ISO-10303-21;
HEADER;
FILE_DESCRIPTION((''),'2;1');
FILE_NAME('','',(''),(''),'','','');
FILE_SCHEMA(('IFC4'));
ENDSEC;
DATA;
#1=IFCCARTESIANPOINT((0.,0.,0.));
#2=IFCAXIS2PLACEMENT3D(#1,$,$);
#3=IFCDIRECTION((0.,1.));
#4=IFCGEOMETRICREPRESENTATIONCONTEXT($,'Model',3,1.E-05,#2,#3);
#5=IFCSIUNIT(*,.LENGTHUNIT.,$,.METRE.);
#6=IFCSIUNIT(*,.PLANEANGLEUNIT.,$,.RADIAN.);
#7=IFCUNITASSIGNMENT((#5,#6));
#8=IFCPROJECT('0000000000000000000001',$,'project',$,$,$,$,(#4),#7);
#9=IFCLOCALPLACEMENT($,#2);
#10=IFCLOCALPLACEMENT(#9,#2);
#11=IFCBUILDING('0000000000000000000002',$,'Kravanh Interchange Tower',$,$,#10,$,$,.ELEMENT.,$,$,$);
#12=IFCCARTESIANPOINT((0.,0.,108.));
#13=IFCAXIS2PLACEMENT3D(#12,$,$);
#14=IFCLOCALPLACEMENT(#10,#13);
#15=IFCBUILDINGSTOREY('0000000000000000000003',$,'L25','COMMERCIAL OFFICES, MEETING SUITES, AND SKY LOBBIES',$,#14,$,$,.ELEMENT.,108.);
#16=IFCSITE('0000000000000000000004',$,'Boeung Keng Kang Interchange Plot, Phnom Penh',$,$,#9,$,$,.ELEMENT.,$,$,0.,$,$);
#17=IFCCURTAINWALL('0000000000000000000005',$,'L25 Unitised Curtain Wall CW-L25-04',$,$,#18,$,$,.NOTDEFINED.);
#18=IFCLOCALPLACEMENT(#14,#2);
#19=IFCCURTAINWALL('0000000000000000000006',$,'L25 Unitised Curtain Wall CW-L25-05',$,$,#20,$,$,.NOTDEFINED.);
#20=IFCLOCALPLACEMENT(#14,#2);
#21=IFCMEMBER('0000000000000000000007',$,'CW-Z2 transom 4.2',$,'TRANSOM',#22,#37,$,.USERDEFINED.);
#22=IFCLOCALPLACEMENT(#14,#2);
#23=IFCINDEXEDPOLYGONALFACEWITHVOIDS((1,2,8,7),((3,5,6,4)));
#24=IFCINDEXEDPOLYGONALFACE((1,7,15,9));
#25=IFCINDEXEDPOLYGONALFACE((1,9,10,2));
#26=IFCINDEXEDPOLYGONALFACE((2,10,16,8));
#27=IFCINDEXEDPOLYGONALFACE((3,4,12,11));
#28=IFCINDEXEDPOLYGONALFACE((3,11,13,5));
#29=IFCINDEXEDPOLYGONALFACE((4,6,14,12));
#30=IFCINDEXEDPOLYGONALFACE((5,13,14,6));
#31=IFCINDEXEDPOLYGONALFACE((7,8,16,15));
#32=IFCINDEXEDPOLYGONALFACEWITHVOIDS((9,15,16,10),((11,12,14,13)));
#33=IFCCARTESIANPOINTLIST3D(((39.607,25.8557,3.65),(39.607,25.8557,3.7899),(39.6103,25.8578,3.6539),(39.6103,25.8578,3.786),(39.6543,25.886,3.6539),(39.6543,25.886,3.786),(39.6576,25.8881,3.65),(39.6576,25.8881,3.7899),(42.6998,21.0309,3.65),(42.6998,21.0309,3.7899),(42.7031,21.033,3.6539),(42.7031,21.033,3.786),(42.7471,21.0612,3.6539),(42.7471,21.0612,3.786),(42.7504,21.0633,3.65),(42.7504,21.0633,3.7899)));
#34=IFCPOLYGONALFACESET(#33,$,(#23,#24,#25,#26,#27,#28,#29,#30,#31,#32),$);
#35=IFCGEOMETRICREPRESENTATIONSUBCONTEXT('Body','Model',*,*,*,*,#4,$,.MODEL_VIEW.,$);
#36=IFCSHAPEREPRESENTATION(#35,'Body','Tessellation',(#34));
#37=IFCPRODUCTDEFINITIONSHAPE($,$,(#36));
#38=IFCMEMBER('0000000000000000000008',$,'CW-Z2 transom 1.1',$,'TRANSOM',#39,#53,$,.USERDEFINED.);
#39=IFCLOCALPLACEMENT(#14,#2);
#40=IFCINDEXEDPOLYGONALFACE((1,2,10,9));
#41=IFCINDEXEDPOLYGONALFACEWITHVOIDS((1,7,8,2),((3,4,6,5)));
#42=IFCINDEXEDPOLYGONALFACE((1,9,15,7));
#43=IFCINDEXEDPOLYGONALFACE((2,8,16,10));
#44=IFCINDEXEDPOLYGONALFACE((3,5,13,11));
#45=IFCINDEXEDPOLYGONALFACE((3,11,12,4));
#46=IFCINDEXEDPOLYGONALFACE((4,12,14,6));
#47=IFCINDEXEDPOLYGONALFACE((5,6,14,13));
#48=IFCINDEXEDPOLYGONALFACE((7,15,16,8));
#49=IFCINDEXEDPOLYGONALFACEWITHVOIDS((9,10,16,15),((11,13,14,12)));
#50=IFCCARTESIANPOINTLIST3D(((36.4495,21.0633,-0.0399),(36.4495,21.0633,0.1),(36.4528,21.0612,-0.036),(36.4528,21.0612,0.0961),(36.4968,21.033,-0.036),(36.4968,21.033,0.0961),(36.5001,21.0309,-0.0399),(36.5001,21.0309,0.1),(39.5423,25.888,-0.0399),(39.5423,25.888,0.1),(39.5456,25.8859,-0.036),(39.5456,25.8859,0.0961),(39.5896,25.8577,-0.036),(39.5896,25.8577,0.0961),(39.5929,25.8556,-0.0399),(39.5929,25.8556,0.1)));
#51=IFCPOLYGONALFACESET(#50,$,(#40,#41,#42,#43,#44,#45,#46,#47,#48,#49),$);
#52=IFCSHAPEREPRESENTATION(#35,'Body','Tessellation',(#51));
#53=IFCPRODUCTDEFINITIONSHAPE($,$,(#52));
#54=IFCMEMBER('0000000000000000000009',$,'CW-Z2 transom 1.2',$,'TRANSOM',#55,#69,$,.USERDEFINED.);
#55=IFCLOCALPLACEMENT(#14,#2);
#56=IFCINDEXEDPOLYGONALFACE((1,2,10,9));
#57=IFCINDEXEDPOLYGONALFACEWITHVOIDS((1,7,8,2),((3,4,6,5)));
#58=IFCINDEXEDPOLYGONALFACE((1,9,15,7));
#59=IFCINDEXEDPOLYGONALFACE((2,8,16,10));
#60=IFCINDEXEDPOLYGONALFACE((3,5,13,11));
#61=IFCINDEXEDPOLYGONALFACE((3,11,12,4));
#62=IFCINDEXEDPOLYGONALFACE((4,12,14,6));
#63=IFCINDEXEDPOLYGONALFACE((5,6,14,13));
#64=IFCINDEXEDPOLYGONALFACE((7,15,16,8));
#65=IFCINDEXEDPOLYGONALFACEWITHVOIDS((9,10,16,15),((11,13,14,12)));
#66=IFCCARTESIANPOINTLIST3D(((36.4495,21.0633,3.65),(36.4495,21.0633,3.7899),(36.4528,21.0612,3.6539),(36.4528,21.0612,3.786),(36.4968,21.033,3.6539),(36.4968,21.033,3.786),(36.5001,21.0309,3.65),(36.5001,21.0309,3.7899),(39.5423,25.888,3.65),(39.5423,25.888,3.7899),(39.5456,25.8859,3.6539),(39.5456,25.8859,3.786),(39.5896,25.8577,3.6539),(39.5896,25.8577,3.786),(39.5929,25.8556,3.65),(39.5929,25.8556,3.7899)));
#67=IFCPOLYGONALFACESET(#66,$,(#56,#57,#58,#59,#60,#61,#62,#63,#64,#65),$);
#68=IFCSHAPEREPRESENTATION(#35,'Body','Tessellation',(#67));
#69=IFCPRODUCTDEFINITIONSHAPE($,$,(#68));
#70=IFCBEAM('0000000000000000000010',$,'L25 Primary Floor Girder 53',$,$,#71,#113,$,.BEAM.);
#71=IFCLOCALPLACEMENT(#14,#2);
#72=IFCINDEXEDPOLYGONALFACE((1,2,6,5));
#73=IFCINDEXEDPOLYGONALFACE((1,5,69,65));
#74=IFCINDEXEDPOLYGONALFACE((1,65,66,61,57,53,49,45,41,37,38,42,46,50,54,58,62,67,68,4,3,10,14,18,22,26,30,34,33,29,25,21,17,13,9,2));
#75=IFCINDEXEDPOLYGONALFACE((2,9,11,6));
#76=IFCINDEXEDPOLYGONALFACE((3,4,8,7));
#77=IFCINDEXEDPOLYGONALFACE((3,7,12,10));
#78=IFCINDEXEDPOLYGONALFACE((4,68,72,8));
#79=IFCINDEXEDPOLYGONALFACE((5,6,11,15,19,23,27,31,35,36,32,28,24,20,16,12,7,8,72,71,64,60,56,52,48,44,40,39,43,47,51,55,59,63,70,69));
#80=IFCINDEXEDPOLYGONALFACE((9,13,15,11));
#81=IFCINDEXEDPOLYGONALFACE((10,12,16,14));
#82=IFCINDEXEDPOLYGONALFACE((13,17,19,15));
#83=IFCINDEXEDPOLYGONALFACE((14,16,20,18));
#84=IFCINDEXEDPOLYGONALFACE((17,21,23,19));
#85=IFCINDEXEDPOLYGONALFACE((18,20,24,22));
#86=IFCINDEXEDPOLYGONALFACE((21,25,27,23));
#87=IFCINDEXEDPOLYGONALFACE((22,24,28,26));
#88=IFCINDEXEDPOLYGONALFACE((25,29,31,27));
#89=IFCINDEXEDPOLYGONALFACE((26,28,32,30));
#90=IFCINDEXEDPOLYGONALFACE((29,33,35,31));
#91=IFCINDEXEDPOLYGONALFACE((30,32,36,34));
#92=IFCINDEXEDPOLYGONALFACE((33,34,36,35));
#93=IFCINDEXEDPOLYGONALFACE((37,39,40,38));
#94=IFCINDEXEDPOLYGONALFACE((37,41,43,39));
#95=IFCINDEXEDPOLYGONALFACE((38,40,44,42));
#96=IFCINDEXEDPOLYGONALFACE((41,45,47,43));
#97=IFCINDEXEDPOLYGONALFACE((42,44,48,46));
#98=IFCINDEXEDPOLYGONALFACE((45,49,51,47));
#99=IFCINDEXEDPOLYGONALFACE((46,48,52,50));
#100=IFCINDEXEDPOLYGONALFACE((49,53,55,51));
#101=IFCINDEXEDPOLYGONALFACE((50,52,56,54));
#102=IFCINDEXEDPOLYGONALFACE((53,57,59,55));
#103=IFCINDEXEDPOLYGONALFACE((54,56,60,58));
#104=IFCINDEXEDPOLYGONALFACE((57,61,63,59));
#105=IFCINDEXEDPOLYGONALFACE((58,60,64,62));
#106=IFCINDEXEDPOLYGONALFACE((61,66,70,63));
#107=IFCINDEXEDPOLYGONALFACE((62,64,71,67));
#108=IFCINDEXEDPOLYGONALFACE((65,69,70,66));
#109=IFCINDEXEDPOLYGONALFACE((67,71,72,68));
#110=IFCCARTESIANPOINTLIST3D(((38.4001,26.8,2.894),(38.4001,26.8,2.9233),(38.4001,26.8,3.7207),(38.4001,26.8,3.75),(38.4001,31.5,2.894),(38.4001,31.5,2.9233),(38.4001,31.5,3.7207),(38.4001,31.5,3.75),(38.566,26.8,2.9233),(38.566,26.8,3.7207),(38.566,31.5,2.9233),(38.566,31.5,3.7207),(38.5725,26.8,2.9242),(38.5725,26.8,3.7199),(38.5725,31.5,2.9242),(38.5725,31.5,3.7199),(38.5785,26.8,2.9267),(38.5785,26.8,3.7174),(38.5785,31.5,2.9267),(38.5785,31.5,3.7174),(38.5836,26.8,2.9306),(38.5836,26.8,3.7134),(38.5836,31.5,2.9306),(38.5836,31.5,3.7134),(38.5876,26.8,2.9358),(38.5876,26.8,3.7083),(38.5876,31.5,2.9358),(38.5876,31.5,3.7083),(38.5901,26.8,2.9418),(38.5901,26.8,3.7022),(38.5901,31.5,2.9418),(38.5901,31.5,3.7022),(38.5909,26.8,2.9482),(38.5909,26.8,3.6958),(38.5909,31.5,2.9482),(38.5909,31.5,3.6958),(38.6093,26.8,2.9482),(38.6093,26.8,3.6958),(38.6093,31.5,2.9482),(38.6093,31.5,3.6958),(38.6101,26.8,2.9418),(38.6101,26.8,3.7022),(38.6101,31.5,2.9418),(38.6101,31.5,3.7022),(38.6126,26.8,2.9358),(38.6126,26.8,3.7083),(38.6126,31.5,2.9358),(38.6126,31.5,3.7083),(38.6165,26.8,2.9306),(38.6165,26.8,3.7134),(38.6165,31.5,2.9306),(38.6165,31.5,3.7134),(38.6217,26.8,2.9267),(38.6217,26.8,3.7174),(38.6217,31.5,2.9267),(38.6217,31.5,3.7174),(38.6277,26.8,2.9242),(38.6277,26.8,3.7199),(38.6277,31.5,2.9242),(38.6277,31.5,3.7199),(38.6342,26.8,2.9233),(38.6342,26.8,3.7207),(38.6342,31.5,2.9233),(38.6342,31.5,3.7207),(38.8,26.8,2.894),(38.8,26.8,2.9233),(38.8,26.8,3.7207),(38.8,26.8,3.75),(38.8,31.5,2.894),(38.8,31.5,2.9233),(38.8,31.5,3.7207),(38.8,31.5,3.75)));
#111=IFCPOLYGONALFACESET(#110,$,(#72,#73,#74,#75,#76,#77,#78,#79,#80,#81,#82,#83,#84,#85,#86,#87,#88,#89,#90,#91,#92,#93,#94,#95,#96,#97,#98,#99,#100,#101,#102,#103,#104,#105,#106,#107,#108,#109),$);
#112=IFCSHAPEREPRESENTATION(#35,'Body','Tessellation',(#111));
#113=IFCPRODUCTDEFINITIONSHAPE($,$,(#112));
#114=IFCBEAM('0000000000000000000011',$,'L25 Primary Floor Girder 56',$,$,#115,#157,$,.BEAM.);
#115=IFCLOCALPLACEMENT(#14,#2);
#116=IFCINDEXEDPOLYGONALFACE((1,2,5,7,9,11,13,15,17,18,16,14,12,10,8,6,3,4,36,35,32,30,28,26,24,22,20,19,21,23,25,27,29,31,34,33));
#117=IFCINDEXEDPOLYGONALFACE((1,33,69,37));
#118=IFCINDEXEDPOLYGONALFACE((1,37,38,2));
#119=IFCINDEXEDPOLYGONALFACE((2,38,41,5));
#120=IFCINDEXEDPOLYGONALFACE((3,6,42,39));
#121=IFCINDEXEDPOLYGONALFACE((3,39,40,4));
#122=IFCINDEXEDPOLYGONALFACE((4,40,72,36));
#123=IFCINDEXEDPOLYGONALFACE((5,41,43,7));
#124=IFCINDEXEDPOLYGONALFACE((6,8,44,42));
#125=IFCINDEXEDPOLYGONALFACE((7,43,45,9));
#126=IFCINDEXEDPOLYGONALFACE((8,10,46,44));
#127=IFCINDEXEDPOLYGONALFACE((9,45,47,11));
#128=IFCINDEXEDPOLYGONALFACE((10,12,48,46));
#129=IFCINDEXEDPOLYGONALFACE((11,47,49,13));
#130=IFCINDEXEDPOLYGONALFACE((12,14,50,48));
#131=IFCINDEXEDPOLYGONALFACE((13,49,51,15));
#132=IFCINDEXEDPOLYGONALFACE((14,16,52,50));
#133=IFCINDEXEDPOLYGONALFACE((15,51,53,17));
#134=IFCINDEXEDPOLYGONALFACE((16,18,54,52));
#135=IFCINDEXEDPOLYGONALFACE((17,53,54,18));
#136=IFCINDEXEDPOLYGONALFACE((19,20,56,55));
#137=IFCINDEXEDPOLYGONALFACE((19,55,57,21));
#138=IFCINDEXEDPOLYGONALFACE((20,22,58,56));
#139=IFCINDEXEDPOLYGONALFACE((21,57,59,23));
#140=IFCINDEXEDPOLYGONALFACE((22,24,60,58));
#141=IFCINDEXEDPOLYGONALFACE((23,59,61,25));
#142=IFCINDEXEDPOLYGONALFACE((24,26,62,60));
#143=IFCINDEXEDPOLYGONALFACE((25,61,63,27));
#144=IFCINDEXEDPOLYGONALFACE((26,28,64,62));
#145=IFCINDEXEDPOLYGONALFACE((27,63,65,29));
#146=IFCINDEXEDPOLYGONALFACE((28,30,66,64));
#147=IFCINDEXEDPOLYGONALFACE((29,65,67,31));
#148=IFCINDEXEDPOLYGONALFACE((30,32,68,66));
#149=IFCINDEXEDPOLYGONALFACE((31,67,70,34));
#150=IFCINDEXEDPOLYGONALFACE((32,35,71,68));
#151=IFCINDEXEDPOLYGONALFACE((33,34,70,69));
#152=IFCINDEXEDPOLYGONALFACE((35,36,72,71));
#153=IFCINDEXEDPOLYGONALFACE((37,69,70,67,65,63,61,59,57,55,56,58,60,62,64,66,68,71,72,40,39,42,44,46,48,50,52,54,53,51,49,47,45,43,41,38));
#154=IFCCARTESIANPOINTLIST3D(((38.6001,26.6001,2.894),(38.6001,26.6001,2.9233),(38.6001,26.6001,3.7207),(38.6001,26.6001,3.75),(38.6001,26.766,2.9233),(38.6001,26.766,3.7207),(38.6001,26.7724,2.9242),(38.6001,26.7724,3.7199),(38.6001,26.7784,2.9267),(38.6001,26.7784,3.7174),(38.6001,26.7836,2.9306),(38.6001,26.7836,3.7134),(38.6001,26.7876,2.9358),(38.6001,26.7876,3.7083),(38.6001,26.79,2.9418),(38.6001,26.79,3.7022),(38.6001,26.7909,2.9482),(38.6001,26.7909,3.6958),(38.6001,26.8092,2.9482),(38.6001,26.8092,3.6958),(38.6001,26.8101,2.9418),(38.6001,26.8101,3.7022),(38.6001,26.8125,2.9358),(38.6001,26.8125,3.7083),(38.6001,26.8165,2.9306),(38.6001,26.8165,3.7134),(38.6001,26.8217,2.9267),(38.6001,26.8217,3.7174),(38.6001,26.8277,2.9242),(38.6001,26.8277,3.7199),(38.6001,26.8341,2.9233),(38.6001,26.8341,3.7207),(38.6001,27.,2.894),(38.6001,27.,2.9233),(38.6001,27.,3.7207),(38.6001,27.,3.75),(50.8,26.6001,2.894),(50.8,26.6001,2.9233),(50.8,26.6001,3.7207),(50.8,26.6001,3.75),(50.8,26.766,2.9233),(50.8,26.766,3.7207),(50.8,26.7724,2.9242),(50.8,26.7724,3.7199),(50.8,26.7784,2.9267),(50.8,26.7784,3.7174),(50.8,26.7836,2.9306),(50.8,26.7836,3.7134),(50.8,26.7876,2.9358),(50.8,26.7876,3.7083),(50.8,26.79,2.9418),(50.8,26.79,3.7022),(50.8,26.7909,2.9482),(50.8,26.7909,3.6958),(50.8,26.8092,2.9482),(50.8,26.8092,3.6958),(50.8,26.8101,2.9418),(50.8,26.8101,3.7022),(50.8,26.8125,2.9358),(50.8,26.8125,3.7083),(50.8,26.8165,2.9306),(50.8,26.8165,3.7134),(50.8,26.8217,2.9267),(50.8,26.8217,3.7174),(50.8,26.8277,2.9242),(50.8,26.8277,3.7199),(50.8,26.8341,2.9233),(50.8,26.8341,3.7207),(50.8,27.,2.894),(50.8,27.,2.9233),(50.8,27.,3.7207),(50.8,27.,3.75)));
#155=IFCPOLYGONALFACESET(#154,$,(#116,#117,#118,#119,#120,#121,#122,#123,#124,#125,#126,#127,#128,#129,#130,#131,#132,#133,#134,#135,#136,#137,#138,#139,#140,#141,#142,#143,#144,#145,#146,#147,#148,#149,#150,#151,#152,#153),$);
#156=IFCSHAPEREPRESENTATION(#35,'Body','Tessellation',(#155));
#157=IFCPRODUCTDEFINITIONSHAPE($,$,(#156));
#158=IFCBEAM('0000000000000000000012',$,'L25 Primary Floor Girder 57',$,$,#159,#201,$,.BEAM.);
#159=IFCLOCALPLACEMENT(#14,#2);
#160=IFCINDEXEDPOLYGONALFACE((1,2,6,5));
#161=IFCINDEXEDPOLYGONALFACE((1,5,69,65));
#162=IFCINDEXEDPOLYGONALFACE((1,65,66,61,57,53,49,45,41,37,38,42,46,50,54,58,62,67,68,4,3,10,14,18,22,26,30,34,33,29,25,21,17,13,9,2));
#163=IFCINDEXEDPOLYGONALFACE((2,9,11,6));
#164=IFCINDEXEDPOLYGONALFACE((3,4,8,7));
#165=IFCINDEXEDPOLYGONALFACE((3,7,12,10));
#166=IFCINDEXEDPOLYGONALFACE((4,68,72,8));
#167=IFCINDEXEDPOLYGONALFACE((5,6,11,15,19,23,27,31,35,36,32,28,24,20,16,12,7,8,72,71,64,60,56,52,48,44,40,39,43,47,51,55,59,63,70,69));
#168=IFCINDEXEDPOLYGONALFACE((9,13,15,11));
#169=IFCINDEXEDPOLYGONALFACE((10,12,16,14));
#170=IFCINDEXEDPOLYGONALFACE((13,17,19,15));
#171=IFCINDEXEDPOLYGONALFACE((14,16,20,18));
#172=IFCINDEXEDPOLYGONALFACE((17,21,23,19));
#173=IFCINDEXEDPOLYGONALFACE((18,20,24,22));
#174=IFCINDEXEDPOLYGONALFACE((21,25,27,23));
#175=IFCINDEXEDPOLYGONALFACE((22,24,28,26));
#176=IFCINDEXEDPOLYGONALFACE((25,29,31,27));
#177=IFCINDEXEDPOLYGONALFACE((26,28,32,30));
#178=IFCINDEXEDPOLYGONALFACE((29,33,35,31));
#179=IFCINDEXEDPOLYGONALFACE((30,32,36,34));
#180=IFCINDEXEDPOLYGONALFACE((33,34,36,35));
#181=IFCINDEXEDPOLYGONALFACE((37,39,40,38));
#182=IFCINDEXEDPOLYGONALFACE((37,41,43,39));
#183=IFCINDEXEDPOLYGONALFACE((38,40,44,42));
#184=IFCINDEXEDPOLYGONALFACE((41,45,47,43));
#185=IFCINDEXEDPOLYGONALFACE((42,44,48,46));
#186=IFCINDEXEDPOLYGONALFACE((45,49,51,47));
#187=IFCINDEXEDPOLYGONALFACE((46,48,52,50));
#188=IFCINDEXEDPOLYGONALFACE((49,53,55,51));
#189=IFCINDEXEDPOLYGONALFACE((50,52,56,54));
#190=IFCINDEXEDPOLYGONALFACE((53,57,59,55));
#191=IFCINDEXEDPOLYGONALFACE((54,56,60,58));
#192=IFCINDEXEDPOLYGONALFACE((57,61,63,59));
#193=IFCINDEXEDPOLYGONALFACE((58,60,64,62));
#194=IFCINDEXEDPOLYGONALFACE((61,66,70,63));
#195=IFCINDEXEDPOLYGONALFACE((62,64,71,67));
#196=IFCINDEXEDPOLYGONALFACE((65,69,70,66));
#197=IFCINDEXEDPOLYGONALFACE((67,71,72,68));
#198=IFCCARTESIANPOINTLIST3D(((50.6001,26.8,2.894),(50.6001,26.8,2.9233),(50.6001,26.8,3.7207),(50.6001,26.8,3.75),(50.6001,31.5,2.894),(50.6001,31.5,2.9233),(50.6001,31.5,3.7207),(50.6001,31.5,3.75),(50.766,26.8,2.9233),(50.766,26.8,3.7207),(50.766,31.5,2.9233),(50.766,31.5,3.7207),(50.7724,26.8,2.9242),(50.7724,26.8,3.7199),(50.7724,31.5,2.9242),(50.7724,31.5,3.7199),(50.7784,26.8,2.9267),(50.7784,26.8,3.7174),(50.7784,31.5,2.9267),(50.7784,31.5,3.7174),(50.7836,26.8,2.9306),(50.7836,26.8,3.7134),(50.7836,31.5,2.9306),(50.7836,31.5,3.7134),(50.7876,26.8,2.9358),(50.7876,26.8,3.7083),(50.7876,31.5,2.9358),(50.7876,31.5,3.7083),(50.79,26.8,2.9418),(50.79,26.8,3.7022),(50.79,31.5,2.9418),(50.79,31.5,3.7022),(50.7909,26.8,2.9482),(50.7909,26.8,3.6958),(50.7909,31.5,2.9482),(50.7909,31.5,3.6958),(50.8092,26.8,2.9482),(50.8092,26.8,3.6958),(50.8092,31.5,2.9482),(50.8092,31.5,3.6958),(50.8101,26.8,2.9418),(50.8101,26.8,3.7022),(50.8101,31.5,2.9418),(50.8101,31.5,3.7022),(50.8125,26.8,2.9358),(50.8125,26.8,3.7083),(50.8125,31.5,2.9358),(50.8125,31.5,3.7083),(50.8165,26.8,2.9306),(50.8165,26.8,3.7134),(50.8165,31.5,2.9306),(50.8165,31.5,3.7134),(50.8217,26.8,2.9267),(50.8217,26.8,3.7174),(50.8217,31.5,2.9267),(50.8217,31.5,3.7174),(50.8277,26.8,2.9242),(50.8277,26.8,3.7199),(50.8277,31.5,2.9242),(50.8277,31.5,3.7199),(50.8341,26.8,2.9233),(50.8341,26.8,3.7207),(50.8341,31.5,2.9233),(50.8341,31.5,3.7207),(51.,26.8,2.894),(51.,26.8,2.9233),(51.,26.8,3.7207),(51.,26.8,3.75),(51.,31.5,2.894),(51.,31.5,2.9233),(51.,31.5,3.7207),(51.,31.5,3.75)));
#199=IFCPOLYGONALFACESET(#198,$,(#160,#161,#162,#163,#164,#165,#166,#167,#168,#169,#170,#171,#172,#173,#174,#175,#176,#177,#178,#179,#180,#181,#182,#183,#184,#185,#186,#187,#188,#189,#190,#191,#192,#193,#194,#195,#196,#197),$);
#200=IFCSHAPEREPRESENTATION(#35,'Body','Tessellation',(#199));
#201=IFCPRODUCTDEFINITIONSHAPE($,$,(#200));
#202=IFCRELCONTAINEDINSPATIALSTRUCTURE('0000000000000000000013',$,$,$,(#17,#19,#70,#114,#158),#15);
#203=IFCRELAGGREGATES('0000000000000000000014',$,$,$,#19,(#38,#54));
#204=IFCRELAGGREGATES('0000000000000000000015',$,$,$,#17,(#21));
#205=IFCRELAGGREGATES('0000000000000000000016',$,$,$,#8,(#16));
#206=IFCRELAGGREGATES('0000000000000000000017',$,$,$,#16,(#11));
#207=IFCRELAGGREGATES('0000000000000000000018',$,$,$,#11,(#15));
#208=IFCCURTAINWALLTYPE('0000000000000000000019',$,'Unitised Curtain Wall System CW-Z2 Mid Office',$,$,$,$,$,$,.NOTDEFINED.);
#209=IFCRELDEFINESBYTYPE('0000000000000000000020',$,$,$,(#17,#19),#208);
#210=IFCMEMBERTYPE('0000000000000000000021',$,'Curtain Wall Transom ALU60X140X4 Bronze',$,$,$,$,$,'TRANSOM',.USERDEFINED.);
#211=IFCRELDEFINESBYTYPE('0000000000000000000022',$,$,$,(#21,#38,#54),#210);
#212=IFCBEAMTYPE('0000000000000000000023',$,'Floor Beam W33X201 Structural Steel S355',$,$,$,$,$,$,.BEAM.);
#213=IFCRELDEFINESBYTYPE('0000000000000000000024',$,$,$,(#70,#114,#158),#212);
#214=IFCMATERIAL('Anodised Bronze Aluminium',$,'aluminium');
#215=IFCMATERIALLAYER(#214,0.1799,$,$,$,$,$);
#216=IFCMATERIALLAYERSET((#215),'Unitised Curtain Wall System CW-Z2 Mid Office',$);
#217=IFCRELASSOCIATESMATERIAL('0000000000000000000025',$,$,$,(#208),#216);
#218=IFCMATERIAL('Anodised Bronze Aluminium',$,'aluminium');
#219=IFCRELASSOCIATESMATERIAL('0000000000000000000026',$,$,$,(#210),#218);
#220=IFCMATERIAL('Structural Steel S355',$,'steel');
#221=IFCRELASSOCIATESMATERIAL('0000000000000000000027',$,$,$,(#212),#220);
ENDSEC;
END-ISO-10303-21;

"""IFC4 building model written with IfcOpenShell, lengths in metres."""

from ifc_helpers import new_model, si_unit, direction, frame, origin, origin_2d, place, context, subcontext, project, spatial, hollow_rectangle, i_section, extrude, material, layer, layer_set, material_profile, profile_set, type_object, element, aggregate, save


model = new_model("IFC4")

# Units and contexts
model_context = context("Model", 3, precision=1e-05, world=origin(), true_north=direction((0.0, 1.0)))
body_context = subcontext(model_context, "Body", "Model", "MODEL_VIEW")
ifc_project = project(units=[si_unit("LENGTHUNIT", "METRE"), si_unit("PLANEANGLEUNIT", "RADIAN")], contexts=[model_context])

# Site, building, storey
site_placement = place(None, origin())
site = spatial("IfcSite", under=ifc_project, at=site_placement, Name="Boeung Keng Kang Interchange Plot, Phnom Penh", CompositionType="ELEMENT", RefElevation=0.0)
building_placement = place(site_placement, origin())
building = spatial("IfcBuilding", under=site, at=building_placement, Name="Kravanh Interchange Tower", CompositionType="ELEMENT")
storey_placement = place(building_placement, frame((0.0, 0.0, 108.0)))
storey = spatial("IfcBuildingStorey", under=building, at=storey_placement, Name="L25", Description="COMMERCIAL OFFICES, MEETING SUITES, AND SKY LOBBIES", CompositionType="ELEMENT", Elevation=108.0)

# Curtain wall
ifc_material_1 = material(Name="Anodised Bronze Aluminium", Category="aluminium")
ifc_layer_1 = layer(ifc_material_1, 0.1799)
ifc_layer_set_1 = layer_set([ifc_layer_1], Name="Unitised Curtain Wall System CW-Z2 Mid Office")
curtain_wall_type = type_object("IfcCurtainWallType", Name="Unitised Curtain Wall System CW-Z2 Mid Office", PredefinedType="NOTDEFINED", material=ifc_layer_set_1)
curtain_wall_1_placement = place(storey_placement, origin())
curtain_wall_1 = element("IfcCurtainWall", 1, at=curtain_wall_1_placement, inside=storey, type_object=curtain_wall_type, Name="L25 Unitised Curtain Wall CW-L25-04", PredefinedType="NOTDEFINED")

# Curtain wall
curtain_wall_2_placement = place(storey_placement, origin())
curtain_wall_2 = element("IfcCurtainWall", 2, at=curtain_wall_2_placement, inside=storey, type_object=curtain_wall_type, Name="L25 Unitised Curtain Wall CW-L25-05", PredefinedType="NOTDEFINED")

# Members
ifc_material_2 = material(Name="Anodised Bronze Aluminium", Category="aluminium")
ifc_material_profile_1 = material_profile(ifc_material_2, hollow_rectangle(XDim=0.0601, YDim=0.1399, WallThickness=0.0039, at=origin_2d()), Name="ALU60X140X4")
ifc_profile_set_1 = profile_set([ifc_material_profile_1], Name="Anodised Bronze Aluminium")
member_type_1 = type_object("IfcMemberType", Name="Curtain Wall Transom ALU60X140X4 Bronze", ElementType="TRANSOM", PredefinedType="USERDEFINED", material=ifc_profile_set_1)
member_1_placement = place(storey_placement, frame((42.7251, 21.0471, 3.72), z_axis=(-0.539668, 0.841878, 0.0), x_axis=(-0.841878, -0.539668, 0.0)))
member_1 = element("IfcMember", 3, at=member_1_placement, type_object=member_type_1, Name="CW-Z2 transom 4.2", ObjectType="TRANSOM", PredefinedType="USERDEFINED", context=body_context, shape_type="SweptSolid", body=[
    extrude(hollow_rectangle(XDim=0.0601, YDim=0.1399, WallThickness=0.0039, at=origin_2d()), origin(), (0.0, 0.0, 1.0), 5.731),
])
member_2_placement = place(storey_placement, frame((39.5676, 25.8718, 0.03), z_axis=(-0.539668, -0.841878, 0.0), x_axis=(0.841878, -0.539668, 0.0)))
member_2 = element("IfcMember", 4, at=member_2_placement, type_object=member_type_1, Name="CW-Z2 transom 1.1", ObjectType="TRANSOM", PredefinedType="USERDEFINED", context=body_context, shape_type="SweptSolid", body=[
    extrude(hollow_rectangle(XDim=0.0601, YDim=0.1399, WallThickness=0.0039, at=origin_2d()), origin(), (0.0, 0.0, 1.0), 5.731),
])
member_3_placement = place(storey_placement, frame((39.5676, 25.8718, 3.72), z_axis=(-0.539668, -0.841878, 0.0), x_axis=(0.841878, -0.539668, 0.0)))
member_3 = element("IfcMember", 5, at=member_3_placement, type_object=member_type_1, Name="CW-Z2 transom 1.2", ObjectType="TRANSOM", PredefinedType="USERDEFINED", context=body_context, shape_type="SweptSolid", body=[
    extrude(hollow_rectangle(XDim=0.0601, YDim=0.1399, WallThickness=0.0039, at=origin_2d()), origin(), (0.0, 0.0, 1.0), 5.731),
])
aggregate(curtain_wall_2, [member_2, member_3])

# Beams
ifc_material_3 = material(Name="Structural Steel S355", Category="steel")
ifc_material_profile_2 = material_profile(ifc_material_3, i_section(OverallWidth=0.3999, OverallDepth=0.856, WebThickness=0.0183, FlangeThickness=0.0293, FilletRadius=0.0249, at=origin_2d()), Name="W33X201")
ifc_profile_set_2 = profile_set([ifc_material_profile_2], Name="Structural Steel S355")
beam_type_1 = type_object("IfcBeamType", Name="Floor Beam W33X201 Structural Steel S355", PredefinedType="BEAM", material=ifc_profile_set_2)
beam_1_placement = place(storey_placement, frame((38.6001, 26.8, 3.322), z_axis=(0.0, 1.0, 0.0), x_axis=(-1.0, 0.0, 0.0)))
element("IfcBeam", 6, at=beam_1_placement, inside=storey, type_object=beam_type_1, Name="L25 Primary Floor Girder 53", PredefinedType="BEAM", context=body_context, shape_type="SweptSolid", body=[
    extrude(i_section(OverallWidth=0.3999, OverallDepth=0.856, WebThickness=0.0183, FlangeThickness=0.0293, FilletRadius=0.0249, at=origin_2d()), origin(), (0.0, 0.0, 1.0), 4.7),
])
beam_2_placement = place(storey_placement, frame((38.6001, 26.8, 3.322), z_axis=(1.0, 0.0, 0.0), x_axis=(0.0, 1.0, 0.0)))
element("IfcBeam", 7, at=beam_2_placement, inside=storey, type_object=beam_type_1, Name="L25 Primary Floor Girder 56", PredefinedType="BEAM", context=body_context, shape_type="SweptSolid", body=[
    extrude(i_section(OverallWidth=0.3999, OverallDepth=0.856, WebThickness=0.0183, FlangeThickness=0.0293, FilletRadius=0.0249, at=origin_2d()), origin(), (0.0, 0.0, 1.0), 12.2),
])
beam_3_placement = place(storey_placement, frame((50.8, 26.8, 3.322), z_axis=(0.0, 1.0, 0.0), x_axis=(-1.0, 0.0, 0.0)))
element("IfcBeam", 8, at=beam_3_placement, inside=storey, type_object=beam_type_1, Name="L25 Primary Floor Girder 57", PredefinedType="BEAM", context=body_context, shape_type="SweptSolid", body=[
    extrude(i_section(OverallWidth=0.3999, OverallDepth=0.856, WebThickness=0.0183, FlangeThickness=0.0293, FilletRadius=0.0249, at=origin_2d()), origin(), (0.0, 0.0, 1.0), 4.7),
])

aggregate(curtain_wall_1, [member_1])

save(model, "model.ifc")
